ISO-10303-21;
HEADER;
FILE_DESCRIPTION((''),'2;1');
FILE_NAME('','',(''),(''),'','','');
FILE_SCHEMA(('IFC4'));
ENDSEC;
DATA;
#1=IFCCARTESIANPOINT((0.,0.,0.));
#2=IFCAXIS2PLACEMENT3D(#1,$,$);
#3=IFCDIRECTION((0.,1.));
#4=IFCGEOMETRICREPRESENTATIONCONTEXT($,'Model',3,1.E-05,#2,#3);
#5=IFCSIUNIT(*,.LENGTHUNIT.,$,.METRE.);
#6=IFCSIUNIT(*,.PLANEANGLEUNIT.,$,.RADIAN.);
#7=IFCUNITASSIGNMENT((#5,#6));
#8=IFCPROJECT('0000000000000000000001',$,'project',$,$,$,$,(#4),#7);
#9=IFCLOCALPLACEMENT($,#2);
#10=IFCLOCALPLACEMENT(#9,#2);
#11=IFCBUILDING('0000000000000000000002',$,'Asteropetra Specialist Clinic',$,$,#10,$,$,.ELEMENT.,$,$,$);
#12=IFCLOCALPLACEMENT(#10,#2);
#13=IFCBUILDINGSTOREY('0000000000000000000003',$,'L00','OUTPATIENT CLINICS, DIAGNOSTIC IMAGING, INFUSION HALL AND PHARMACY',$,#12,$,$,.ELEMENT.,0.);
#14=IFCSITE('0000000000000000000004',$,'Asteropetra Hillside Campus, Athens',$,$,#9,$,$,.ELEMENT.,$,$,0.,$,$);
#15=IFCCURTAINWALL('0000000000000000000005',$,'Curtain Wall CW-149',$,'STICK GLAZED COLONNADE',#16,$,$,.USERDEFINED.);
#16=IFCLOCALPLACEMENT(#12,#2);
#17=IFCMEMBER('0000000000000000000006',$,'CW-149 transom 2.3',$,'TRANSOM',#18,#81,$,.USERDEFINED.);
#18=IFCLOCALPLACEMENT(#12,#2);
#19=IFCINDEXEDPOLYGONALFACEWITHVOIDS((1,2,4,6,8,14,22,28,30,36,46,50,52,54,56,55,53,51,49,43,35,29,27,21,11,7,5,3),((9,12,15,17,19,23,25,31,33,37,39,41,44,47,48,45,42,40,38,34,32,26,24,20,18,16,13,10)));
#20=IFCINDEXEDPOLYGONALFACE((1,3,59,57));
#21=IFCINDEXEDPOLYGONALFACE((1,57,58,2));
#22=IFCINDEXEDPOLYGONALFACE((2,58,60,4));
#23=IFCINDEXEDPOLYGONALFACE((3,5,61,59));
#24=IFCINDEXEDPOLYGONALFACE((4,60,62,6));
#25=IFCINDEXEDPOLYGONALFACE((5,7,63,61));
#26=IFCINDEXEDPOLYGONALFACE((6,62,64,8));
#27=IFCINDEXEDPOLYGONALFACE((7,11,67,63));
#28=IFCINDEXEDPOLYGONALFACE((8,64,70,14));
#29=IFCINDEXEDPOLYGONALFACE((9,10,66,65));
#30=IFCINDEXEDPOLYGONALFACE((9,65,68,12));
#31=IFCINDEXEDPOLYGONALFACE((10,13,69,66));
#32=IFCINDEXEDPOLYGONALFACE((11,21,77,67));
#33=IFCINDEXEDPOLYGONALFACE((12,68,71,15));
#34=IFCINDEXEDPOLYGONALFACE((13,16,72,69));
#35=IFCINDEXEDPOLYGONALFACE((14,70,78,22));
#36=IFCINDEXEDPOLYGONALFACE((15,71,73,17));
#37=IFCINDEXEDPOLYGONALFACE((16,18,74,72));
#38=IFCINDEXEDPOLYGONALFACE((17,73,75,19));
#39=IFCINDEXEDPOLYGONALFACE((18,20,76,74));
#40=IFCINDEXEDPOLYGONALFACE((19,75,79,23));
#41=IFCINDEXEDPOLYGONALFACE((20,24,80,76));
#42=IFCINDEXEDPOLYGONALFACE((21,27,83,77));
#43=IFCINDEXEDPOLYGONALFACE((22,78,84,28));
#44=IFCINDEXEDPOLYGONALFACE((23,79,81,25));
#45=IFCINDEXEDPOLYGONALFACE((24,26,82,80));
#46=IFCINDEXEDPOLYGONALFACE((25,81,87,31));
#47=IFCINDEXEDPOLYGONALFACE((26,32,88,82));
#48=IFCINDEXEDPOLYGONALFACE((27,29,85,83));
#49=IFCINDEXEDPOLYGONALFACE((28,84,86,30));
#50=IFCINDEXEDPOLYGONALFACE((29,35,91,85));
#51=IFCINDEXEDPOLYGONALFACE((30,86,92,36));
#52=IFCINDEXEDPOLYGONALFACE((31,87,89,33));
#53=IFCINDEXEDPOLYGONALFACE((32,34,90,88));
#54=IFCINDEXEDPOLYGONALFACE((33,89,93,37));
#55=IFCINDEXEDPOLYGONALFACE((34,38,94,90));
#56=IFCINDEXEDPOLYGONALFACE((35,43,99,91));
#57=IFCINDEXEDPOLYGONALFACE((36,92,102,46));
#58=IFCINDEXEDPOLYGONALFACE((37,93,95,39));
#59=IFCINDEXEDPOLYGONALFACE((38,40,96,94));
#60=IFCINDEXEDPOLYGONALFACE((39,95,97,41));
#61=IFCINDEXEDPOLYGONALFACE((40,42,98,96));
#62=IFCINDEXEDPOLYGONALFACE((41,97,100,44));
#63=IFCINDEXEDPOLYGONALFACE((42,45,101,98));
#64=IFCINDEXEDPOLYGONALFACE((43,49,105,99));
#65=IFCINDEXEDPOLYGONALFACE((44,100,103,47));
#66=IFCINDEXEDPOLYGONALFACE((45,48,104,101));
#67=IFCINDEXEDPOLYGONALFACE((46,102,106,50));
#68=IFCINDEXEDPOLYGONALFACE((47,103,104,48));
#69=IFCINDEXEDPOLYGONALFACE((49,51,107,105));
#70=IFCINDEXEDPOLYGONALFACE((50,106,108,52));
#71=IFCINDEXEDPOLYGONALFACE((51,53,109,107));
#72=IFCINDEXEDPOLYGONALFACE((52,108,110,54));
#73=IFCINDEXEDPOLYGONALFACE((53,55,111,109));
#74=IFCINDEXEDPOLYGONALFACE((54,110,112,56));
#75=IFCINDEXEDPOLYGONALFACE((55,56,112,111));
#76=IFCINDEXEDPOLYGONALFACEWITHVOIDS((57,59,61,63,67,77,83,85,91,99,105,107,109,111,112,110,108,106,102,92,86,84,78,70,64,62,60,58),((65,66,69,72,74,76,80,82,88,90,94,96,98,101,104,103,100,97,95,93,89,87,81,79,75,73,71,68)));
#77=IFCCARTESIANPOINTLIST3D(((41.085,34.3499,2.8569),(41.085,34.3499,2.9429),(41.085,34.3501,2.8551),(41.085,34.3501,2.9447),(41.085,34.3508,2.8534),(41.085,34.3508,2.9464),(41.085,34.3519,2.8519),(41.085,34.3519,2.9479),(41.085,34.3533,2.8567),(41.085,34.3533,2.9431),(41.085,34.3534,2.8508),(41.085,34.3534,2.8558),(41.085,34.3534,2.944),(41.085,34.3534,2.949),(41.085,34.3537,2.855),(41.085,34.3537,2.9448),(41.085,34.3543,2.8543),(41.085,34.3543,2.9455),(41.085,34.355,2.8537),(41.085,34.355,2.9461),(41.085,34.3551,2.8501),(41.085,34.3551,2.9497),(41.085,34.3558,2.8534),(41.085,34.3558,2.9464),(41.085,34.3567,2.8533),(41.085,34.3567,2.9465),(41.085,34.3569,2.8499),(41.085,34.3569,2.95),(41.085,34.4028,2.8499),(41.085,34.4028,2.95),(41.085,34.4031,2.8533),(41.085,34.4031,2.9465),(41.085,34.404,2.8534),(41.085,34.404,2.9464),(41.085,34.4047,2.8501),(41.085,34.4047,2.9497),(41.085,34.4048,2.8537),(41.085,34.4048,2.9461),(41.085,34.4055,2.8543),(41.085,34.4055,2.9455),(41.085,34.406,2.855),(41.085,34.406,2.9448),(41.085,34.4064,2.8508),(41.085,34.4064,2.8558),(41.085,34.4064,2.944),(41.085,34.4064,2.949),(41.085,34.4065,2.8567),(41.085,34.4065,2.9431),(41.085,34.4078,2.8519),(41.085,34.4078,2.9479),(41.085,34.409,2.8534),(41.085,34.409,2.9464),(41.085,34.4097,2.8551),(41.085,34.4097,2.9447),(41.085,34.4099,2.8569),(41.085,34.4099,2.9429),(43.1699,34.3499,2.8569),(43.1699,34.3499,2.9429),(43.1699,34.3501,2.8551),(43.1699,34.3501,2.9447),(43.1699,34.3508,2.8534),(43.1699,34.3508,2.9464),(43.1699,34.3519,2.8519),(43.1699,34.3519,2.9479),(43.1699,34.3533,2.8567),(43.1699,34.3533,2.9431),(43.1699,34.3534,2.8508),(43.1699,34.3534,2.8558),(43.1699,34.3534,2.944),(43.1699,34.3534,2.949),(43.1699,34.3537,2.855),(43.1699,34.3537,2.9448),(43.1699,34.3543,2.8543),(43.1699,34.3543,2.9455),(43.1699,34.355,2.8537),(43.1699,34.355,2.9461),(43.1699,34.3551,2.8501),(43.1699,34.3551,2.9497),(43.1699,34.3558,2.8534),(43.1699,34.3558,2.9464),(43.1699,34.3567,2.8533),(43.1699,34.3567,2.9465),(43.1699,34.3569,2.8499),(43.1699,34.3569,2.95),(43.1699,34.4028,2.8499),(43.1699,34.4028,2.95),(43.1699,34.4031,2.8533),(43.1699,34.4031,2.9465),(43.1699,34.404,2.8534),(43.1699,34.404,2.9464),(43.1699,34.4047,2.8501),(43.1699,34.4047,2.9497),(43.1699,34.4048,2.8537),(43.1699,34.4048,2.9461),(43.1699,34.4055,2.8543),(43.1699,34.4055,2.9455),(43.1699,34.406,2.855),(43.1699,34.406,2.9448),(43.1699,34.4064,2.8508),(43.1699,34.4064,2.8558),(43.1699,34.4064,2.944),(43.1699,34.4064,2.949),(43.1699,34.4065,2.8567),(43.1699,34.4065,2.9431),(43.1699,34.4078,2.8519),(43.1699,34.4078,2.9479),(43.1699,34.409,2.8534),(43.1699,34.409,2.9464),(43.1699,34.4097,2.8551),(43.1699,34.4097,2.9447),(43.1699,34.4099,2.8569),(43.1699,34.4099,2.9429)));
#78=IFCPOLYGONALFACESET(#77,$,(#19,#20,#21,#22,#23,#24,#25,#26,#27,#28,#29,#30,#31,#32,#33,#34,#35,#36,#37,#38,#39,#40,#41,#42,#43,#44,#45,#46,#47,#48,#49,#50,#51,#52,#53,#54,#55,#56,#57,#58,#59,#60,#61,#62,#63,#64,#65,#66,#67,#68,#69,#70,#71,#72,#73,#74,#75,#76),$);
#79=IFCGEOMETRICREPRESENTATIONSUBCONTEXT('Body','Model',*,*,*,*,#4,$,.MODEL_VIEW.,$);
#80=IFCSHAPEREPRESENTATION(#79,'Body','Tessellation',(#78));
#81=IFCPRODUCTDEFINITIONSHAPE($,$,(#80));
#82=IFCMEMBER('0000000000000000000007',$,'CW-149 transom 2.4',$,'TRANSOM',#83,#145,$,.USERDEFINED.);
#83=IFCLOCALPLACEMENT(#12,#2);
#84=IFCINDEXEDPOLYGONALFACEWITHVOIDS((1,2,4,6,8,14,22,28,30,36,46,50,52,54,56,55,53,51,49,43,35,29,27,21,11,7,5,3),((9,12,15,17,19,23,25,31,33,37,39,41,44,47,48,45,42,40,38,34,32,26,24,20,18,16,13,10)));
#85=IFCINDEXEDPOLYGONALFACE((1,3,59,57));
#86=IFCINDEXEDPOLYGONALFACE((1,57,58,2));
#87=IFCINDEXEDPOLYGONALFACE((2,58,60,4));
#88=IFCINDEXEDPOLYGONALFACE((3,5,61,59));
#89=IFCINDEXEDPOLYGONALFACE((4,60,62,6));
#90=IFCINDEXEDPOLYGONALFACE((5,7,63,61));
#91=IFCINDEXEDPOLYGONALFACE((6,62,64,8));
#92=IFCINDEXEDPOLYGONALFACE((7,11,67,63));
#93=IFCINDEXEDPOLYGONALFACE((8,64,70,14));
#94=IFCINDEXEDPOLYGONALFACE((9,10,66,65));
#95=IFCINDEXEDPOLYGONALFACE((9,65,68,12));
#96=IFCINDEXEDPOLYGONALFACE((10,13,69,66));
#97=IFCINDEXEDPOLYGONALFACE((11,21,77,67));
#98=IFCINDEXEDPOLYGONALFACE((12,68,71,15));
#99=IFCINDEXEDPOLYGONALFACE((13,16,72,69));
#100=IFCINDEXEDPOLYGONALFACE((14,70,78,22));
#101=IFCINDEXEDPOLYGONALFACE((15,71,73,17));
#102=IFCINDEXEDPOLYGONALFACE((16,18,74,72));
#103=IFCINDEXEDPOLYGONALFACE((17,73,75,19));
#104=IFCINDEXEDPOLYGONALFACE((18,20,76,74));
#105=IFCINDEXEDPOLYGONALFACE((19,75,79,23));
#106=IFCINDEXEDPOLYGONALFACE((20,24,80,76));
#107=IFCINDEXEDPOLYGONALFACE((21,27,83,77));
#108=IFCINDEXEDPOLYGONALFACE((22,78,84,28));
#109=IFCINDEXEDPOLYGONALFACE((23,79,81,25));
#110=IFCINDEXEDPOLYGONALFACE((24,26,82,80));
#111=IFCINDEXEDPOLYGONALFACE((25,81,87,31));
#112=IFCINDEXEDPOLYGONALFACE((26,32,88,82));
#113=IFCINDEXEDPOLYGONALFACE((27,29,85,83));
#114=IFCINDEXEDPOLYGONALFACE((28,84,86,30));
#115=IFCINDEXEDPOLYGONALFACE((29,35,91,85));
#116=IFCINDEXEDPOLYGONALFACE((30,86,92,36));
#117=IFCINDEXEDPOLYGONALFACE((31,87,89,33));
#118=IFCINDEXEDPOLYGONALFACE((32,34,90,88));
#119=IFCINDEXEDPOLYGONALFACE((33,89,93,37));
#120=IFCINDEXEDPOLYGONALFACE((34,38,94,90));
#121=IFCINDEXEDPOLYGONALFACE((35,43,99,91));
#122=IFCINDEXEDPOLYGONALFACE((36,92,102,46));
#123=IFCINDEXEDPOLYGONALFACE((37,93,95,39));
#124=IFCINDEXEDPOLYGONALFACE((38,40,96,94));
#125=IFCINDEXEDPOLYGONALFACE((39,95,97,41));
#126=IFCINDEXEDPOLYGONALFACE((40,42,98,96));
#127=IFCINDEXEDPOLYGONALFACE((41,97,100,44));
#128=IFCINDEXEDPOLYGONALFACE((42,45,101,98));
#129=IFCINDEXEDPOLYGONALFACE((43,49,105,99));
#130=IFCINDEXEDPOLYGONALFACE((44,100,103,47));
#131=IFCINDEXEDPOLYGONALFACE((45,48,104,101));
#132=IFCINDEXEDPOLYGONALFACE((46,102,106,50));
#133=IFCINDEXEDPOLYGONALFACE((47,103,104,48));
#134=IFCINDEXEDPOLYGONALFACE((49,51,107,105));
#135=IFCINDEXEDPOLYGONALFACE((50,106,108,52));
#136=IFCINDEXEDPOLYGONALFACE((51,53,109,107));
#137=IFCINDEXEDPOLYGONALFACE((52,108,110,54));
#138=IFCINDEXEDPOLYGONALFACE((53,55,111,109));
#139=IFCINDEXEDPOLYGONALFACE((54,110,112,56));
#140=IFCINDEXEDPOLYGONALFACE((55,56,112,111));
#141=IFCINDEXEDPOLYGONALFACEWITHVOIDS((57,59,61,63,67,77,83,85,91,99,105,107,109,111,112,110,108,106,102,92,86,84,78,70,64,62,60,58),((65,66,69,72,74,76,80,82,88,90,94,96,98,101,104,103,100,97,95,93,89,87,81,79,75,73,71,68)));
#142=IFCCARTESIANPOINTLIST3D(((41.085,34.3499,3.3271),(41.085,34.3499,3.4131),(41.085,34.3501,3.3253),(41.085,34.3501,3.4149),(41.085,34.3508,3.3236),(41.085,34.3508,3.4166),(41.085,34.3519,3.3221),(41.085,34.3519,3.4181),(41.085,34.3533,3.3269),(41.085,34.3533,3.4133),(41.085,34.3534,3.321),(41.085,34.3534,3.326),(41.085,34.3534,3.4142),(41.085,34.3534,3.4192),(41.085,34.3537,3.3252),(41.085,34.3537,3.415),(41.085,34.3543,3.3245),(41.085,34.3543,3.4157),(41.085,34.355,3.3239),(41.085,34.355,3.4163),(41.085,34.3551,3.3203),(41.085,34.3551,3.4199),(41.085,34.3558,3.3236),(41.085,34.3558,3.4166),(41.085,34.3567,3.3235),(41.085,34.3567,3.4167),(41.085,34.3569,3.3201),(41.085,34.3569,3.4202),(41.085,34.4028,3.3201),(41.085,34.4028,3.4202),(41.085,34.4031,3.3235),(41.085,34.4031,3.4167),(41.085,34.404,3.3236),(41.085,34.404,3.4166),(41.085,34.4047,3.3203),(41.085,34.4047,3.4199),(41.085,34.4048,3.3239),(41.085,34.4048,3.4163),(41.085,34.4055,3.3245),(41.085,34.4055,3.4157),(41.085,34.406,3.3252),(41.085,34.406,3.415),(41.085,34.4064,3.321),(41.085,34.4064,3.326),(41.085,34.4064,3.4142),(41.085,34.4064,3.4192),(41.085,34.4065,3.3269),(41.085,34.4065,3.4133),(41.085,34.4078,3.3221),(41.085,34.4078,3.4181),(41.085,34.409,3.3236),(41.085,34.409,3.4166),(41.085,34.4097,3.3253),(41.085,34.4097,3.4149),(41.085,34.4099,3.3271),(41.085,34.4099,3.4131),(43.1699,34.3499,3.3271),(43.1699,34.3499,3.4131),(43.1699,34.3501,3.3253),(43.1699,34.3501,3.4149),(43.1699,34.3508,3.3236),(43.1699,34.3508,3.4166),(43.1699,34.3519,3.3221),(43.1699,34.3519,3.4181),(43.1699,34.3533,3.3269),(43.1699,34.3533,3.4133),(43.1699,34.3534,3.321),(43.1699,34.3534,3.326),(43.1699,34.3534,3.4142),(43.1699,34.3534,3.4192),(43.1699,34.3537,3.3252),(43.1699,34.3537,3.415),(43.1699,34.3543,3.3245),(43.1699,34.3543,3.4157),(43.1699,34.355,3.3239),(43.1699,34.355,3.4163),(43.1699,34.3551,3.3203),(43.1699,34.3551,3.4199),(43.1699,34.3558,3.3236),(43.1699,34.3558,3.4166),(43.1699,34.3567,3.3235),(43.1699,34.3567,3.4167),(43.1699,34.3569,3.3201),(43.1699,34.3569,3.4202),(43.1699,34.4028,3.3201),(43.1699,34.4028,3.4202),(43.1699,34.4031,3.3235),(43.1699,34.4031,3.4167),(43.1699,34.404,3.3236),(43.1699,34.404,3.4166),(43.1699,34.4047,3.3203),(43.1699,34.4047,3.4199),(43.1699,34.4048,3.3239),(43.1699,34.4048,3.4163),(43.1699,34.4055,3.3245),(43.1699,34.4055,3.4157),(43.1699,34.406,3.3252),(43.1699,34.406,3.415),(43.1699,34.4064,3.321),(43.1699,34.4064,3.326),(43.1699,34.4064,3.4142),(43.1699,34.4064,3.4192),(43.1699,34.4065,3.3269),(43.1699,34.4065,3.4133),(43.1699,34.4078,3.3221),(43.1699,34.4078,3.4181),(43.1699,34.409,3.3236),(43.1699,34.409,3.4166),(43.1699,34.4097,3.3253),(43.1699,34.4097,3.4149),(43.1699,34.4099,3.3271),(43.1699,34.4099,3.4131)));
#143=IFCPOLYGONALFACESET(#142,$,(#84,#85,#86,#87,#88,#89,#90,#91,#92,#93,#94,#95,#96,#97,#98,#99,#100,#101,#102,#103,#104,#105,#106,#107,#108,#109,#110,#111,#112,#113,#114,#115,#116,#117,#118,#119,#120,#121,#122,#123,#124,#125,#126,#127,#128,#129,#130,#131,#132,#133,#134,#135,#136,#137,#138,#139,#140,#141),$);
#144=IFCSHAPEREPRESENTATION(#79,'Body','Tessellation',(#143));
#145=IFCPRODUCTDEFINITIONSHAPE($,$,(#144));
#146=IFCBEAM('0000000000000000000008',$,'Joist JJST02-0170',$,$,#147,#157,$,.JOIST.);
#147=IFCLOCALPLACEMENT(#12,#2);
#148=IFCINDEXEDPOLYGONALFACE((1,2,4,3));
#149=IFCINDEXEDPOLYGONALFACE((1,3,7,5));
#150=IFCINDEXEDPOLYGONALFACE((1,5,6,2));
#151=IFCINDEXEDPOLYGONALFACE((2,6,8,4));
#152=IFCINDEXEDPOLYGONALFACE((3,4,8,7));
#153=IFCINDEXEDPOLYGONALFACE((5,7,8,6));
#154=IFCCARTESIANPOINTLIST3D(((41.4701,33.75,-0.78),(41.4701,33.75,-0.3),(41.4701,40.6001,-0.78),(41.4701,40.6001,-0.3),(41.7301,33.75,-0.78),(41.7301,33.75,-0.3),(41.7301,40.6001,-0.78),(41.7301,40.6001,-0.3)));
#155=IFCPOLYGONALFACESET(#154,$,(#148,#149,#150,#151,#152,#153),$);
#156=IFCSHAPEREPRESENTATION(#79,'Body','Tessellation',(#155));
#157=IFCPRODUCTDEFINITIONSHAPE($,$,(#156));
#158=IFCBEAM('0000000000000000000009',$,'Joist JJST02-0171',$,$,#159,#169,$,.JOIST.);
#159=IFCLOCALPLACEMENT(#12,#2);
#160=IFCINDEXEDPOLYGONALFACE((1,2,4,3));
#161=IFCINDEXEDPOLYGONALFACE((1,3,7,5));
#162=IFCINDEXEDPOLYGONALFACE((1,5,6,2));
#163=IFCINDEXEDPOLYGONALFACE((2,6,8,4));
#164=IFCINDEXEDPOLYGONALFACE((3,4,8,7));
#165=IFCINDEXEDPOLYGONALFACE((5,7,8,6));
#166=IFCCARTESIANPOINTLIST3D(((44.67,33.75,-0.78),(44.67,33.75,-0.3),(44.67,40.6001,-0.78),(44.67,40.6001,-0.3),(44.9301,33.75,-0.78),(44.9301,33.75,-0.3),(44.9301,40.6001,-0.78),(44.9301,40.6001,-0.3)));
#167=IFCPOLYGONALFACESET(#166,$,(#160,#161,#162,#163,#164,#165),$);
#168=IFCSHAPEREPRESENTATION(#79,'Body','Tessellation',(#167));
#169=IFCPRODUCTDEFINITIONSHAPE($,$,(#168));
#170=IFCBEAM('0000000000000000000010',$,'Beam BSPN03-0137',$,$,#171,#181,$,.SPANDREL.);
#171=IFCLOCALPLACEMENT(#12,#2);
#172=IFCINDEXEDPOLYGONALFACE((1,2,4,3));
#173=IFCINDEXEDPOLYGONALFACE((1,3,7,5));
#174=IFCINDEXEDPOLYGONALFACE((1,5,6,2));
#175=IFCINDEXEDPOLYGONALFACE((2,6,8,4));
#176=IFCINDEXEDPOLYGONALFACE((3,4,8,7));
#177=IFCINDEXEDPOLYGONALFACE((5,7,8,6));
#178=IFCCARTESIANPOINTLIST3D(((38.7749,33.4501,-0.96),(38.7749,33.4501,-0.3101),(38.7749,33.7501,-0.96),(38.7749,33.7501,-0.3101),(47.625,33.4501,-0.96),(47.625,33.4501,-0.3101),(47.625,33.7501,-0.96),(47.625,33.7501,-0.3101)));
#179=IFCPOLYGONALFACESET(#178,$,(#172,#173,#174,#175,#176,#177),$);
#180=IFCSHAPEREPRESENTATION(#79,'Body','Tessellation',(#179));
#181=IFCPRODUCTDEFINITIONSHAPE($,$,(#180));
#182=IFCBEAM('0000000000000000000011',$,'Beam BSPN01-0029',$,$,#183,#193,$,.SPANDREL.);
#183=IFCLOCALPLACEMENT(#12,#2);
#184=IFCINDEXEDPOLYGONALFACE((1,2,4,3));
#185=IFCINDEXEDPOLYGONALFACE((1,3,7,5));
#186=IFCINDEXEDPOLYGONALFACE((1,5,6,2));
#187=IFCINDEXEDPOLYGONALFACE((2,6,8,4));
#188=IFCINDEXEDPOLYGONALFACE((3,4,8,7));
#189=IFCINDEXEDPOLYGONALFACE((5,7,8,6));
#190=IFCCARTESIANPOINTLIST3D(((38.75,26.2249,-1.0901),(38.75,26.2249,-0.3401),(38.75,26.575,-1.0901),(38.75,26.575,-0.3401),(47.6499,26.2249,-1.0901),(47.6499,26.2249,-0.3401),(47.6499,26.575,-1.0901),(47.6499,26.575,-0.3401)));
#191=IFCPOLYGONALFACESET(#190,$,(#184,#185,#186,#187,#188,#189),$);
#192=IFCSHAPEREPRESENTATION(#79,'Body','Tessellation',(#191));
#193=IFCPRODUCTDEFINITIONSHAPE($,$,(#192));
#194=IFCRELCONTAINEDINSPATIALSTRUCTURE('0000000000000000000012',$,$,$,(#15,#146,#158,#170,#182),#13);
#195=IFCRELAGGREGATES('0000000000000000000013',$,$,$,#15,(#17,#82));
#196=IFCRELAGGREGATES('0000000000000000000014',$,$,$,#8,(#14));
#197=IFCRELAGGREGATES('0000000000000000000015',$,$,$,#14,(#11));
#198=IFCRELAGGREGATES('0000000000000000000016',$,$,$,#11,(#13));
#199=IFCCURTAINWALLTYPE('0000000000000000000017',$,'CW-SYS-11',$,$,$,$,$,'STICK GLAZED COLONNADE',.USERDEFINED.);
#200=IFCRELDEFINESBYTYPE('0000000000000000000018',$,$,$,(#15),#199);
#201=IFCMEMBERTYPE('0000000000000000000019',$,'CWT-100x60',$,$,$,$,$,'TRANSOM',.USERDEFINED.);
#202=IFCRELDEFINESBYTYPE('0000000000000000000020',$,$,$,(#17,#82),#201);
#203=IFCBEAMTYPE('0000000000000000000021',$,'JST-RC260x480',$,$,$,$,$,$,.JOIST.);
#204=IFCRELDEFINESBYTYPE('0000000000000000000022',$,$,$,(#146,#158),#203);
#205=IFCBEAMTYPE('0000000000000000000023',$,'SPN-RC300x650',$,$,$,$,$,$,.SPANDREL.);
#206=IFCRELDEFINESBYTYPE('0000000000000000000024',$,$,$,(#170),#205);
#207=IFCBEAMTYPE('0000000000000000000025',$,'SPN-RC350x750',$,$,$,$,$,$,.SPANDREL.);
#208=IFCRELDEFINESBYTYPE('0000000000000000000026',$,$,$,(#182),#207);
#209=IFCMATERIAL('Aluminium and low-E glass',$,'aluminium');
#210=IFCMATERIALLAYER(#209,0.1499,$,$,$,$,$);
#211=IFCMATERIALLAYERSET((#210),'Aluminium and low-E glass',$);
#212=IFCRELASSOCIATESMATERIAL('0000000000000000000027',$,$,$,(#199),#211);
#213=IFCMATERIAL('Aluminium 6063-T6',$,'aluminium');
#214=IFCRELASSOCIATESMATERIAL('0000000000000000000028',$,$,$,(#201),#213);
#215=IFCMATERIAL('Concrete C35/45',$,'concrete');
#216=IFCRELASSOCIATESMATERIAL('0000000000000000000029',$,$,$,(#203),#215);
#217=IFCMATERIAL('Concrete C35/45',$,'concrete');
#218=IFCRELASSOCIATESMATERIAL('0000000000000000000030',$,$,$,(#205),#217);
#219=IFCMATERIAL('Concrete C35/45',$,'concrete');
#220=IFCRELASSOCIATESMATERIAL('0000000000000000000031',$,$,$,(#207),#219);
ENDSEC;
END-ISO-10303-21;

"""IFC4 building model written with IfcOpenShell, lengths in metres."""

from ifc_helpers import new_model, si_unit, direction, frame, origin, origin_2d, place, context, subcontext, project, spatial, rectangle, hollow_rectangle, extrude, material, layer, layer_set, material_profile, profile_set, type_object, element, aggregate, save


model = new_model("IFC4")

# Units and contexts
model_context = context("Model", 3, precision=1e-05, world=origin(), true_north=direction((0.0, 1.0)))
body_context = subcontext(model_context, "Body", "Model", "MODEL_VIEW")
ifc_project = project(units=[si_unit("LENGTHUNIT", "METRE"), si_unit("PLANEANGLEUNIT", "RADIAN")], contexts=[model_context])

# Site, building, storey
site_placement = place(None, origin())
site = spatial("IfcSite", under=ifc_project, at=site_placement, Name="Asteropetra Hillside Campus, Athens", CompositionType="ELEMENT", RefElevation=0.0)
building_placement = place(site_placement, origin())
building = spatial("IfcBuilding", under=site, at=building_placement, Name="Asteropetra Specialist Clinic", CompositionType="ELEMENT")
storey_placement = place(building_placement, origin())
storey = spatial("IfcBuildingStorey", under=building, at=storey_placement, Name="L00", Description="OUTPATIENT CLINICS, DIAGNOSTIC IMAGING, INFUSION HALL AND PHARMACY", CompositionType="ELEMENT", Elevation=0.0)

# Curtain wall, members
ifc_material_1 = material(Name="Aluminium and low-E glass", Category="aluminium")
ifc_layer_1 = layer(ifc_material_1, 0.1499)
ifc_layer_set_1 = layer_set([ifc_layer_1], Name="Aluminium and low-E glass")
curtain_wall_type = type_object("IfcCurtainWallType", Name="CW-SYS-11", ElementType="STICK GLAZED COLONNADE", PredefinedType="USERDEFINED", material=ifc_layer_set_1)
curtain_wall_placement = place(storey_placement, origin())
curtain_wall = element("IfcCurtainWall", 1, at=curtain_wall_placement, inside=storey, type_object=curtain_wall_type, Name="Curtain Wall CW-149", ObjectType="STICK GLAZED COLONNADE", PredefinedType="USERDEFINED")
ifc_material_2 = material(Name="Aluminium 6063-T6", Category="aluminium")
ifc_material_profile_1 = material_profile(ifc_material_2, hollow_rectangle(XDim=0.0601, YDim=0.1001, WallThickness=0.0034, InnerFilletRadius=0.0034, OuterFilletRadius=0.0071, at=origin_2d()), Name="TRN 100x60x3.5")
ifc_profile_set_1 = profile_set([ifc_material_profile_1], Name="Aluminium 6063-T6")
member_type_1 = type_object("IfcMemberType", Name="CWT-100x60", ElementType="TRANSOM", PredefinedType="USERDEFINED", material=ifc_profile_set_1)
member_1_placement = place(storey_placement, frame((41.085, 34.3799, 2.8999), z_axis=(1.0, 0.0, 0.0), x_axis=(0.0, 1.0, 0.0)))
member_1 = element("IfcMember", 2, at=member_1_placement, type_object=member_type_1, Name="CW-149 transom 2.3", ObjectType="TRANSOM", PredefinedType="USERDEFINED", context=body_context, shape_type="SweptSolid", body=[
    extrude(hollow_rectangle(XDim=0.0601, YDim=0.1001, WallThickness=0.0034, InnerFilletRadius=0.0034, OuterFilletRadius=0.0071, at=origin_2d()), origin(), (0.0, 0.0, 1.0), 2.085),
])
member_2_placement = place(storey_placement, frame((41.085, 34.3799, 3.3701), z_axis=(1.0, 0.0, 0.0), x_axis=(0.0, 1.0, 0.0)))
member_2 = element("IfcMember", 3, at=member_2_placement, type_object=member_type_1, Name="CW-149 transom 2.4", ObjectType="TRANSOM", PredefinedType="USERDEFINED", context=body_context, shape_type="SweptSolid", body=[
    extrude(hollow_rectangle(XDim=0.0601, YDim=0.1001, WallThickness=0.0034, InnerFilletRadius=0.0034, OuterFilletRadius=0.0071, at=origin_2d()), origin(), (0.0, 0.0, 1.0), 2.085),
])

# Beams
ifc_material_3 = material(Name="Concrete C35/45", Category="concrete")
ifc_material_profile_2 = material_profile(ifc_material_3, rectangle(XDim=0.26, YDim=0.48, at=origin_2d()), Name="RCJ 260x480")
ifc_profile_set_2 = profile_set([ifc_material_profile_2], Name="Concrete C35/45")
beam_type_1 = type_object("IfcBeamType", Name="JST-RC260x480", PredefinedType="JOIST", material=ifc_profile_set_2)
for number, where, z_axis, x_axis, name in (
    (4, (41.6001, 33.75, -0.54), (0.0, 1.0, 0.0), (-1.0, 0.0, 0.0), "Joist JJST02-0170"),
    (5, (44.8, 33.75, -0.54), (0.0, 1.0, 0.0), (-1.0, 0.0, 0.0), "Joist JJST02-0171"),
):
    element("IfcBeam", number, at=place(storey_placement, frame(where, z_axis=z_axis, x_axis=x_axis)), inside=storey, type_object=beam_type_1, Name=name, PredefinedType="JOIST", context=body_context, shape_type="SweptSolid", body=[
        extrude(rectangle(XDim=0.26, YDim=0.48, at=origin_2d()), origin(), (0.0, 0.0, 1.0), 6.8501),
    ])
ifc_material_4 = material(Name="Concrete C35/45", Category="concrete")
ifc_material_profile_3 = material_profile(ifc_material_4, rectangle(XDim=0.3, YDim=0.6499, at=origin_2d()), Name="RCS 300x650")
ifc_profile_set_3 = profile_set([ifc_material_profile_3], Name="Concrete C35/45")
beam_type_2 = type_object("IfcBeamType", Name="SPN-RC300x650", PredefinedType="SPANDREL", material=ifc_profile_set_3)
beam_1_placement = place(storey_placement, frame((38.7749, 33.6001, -0.635), z_axis=(1.0, 0.0, 0.0), x_axis=(0.0, 1.0, 0.0)))
element("IfcBeam", 6, at=beam_1_placement, inside=storey, type_object=beam_type_2, Name="Beam BSPN03-0137", PredefinedType="SPANDREL", context=body_context, shape_type="SweptSolid", body=[
    extrude(rectangle(XDim=0.3, YDim=0.6499, at=origin_2d()), origin(), (0.0, 0.0, 1.0), 8.8501),
])
ifc_material_5 = material(Name="Concrete C35/45", Category="concrete")
ifc_material_profile_4 = material_profile(ifc_material_5, rectangle(XDim=0.3501, YDim=0.75, at=origin_2d()), Name="RCS 350x750")
ifc_profile_set_4 = profile_set([ifc_material_profile_4], Name="Concrete C35/45")
beam_type_3 = type_object("IfcBeamType", Name="SPN-RC350x750", PredefinedType="SPANDREL", material=ifc_profile_set_4)
beam_2_placement = place(storey_placement, frame((38.75, 26.3999, -0.7151), z_axis=(1.0, 0.0, 0.0), x_axis=(0.0, 1.0, 0.0)))
element("IfcBeam", 7, at=beam_2_placement, inside=storey, type_object=beam_type_3, Name="Beam BSPN01-0029", PredefinedType="SPANDREL", context=body_context, shape_type="SweptSolid", body=[
    extrude(rectangle(XDim=0.3501, YDim=0.75, at=origin_2d()), origin(), (0.0, 0.0, 1.0), 8.8999),
])

aggregate(curtain_wall, [member_1, member_2])

save(model, "model.ifc")
